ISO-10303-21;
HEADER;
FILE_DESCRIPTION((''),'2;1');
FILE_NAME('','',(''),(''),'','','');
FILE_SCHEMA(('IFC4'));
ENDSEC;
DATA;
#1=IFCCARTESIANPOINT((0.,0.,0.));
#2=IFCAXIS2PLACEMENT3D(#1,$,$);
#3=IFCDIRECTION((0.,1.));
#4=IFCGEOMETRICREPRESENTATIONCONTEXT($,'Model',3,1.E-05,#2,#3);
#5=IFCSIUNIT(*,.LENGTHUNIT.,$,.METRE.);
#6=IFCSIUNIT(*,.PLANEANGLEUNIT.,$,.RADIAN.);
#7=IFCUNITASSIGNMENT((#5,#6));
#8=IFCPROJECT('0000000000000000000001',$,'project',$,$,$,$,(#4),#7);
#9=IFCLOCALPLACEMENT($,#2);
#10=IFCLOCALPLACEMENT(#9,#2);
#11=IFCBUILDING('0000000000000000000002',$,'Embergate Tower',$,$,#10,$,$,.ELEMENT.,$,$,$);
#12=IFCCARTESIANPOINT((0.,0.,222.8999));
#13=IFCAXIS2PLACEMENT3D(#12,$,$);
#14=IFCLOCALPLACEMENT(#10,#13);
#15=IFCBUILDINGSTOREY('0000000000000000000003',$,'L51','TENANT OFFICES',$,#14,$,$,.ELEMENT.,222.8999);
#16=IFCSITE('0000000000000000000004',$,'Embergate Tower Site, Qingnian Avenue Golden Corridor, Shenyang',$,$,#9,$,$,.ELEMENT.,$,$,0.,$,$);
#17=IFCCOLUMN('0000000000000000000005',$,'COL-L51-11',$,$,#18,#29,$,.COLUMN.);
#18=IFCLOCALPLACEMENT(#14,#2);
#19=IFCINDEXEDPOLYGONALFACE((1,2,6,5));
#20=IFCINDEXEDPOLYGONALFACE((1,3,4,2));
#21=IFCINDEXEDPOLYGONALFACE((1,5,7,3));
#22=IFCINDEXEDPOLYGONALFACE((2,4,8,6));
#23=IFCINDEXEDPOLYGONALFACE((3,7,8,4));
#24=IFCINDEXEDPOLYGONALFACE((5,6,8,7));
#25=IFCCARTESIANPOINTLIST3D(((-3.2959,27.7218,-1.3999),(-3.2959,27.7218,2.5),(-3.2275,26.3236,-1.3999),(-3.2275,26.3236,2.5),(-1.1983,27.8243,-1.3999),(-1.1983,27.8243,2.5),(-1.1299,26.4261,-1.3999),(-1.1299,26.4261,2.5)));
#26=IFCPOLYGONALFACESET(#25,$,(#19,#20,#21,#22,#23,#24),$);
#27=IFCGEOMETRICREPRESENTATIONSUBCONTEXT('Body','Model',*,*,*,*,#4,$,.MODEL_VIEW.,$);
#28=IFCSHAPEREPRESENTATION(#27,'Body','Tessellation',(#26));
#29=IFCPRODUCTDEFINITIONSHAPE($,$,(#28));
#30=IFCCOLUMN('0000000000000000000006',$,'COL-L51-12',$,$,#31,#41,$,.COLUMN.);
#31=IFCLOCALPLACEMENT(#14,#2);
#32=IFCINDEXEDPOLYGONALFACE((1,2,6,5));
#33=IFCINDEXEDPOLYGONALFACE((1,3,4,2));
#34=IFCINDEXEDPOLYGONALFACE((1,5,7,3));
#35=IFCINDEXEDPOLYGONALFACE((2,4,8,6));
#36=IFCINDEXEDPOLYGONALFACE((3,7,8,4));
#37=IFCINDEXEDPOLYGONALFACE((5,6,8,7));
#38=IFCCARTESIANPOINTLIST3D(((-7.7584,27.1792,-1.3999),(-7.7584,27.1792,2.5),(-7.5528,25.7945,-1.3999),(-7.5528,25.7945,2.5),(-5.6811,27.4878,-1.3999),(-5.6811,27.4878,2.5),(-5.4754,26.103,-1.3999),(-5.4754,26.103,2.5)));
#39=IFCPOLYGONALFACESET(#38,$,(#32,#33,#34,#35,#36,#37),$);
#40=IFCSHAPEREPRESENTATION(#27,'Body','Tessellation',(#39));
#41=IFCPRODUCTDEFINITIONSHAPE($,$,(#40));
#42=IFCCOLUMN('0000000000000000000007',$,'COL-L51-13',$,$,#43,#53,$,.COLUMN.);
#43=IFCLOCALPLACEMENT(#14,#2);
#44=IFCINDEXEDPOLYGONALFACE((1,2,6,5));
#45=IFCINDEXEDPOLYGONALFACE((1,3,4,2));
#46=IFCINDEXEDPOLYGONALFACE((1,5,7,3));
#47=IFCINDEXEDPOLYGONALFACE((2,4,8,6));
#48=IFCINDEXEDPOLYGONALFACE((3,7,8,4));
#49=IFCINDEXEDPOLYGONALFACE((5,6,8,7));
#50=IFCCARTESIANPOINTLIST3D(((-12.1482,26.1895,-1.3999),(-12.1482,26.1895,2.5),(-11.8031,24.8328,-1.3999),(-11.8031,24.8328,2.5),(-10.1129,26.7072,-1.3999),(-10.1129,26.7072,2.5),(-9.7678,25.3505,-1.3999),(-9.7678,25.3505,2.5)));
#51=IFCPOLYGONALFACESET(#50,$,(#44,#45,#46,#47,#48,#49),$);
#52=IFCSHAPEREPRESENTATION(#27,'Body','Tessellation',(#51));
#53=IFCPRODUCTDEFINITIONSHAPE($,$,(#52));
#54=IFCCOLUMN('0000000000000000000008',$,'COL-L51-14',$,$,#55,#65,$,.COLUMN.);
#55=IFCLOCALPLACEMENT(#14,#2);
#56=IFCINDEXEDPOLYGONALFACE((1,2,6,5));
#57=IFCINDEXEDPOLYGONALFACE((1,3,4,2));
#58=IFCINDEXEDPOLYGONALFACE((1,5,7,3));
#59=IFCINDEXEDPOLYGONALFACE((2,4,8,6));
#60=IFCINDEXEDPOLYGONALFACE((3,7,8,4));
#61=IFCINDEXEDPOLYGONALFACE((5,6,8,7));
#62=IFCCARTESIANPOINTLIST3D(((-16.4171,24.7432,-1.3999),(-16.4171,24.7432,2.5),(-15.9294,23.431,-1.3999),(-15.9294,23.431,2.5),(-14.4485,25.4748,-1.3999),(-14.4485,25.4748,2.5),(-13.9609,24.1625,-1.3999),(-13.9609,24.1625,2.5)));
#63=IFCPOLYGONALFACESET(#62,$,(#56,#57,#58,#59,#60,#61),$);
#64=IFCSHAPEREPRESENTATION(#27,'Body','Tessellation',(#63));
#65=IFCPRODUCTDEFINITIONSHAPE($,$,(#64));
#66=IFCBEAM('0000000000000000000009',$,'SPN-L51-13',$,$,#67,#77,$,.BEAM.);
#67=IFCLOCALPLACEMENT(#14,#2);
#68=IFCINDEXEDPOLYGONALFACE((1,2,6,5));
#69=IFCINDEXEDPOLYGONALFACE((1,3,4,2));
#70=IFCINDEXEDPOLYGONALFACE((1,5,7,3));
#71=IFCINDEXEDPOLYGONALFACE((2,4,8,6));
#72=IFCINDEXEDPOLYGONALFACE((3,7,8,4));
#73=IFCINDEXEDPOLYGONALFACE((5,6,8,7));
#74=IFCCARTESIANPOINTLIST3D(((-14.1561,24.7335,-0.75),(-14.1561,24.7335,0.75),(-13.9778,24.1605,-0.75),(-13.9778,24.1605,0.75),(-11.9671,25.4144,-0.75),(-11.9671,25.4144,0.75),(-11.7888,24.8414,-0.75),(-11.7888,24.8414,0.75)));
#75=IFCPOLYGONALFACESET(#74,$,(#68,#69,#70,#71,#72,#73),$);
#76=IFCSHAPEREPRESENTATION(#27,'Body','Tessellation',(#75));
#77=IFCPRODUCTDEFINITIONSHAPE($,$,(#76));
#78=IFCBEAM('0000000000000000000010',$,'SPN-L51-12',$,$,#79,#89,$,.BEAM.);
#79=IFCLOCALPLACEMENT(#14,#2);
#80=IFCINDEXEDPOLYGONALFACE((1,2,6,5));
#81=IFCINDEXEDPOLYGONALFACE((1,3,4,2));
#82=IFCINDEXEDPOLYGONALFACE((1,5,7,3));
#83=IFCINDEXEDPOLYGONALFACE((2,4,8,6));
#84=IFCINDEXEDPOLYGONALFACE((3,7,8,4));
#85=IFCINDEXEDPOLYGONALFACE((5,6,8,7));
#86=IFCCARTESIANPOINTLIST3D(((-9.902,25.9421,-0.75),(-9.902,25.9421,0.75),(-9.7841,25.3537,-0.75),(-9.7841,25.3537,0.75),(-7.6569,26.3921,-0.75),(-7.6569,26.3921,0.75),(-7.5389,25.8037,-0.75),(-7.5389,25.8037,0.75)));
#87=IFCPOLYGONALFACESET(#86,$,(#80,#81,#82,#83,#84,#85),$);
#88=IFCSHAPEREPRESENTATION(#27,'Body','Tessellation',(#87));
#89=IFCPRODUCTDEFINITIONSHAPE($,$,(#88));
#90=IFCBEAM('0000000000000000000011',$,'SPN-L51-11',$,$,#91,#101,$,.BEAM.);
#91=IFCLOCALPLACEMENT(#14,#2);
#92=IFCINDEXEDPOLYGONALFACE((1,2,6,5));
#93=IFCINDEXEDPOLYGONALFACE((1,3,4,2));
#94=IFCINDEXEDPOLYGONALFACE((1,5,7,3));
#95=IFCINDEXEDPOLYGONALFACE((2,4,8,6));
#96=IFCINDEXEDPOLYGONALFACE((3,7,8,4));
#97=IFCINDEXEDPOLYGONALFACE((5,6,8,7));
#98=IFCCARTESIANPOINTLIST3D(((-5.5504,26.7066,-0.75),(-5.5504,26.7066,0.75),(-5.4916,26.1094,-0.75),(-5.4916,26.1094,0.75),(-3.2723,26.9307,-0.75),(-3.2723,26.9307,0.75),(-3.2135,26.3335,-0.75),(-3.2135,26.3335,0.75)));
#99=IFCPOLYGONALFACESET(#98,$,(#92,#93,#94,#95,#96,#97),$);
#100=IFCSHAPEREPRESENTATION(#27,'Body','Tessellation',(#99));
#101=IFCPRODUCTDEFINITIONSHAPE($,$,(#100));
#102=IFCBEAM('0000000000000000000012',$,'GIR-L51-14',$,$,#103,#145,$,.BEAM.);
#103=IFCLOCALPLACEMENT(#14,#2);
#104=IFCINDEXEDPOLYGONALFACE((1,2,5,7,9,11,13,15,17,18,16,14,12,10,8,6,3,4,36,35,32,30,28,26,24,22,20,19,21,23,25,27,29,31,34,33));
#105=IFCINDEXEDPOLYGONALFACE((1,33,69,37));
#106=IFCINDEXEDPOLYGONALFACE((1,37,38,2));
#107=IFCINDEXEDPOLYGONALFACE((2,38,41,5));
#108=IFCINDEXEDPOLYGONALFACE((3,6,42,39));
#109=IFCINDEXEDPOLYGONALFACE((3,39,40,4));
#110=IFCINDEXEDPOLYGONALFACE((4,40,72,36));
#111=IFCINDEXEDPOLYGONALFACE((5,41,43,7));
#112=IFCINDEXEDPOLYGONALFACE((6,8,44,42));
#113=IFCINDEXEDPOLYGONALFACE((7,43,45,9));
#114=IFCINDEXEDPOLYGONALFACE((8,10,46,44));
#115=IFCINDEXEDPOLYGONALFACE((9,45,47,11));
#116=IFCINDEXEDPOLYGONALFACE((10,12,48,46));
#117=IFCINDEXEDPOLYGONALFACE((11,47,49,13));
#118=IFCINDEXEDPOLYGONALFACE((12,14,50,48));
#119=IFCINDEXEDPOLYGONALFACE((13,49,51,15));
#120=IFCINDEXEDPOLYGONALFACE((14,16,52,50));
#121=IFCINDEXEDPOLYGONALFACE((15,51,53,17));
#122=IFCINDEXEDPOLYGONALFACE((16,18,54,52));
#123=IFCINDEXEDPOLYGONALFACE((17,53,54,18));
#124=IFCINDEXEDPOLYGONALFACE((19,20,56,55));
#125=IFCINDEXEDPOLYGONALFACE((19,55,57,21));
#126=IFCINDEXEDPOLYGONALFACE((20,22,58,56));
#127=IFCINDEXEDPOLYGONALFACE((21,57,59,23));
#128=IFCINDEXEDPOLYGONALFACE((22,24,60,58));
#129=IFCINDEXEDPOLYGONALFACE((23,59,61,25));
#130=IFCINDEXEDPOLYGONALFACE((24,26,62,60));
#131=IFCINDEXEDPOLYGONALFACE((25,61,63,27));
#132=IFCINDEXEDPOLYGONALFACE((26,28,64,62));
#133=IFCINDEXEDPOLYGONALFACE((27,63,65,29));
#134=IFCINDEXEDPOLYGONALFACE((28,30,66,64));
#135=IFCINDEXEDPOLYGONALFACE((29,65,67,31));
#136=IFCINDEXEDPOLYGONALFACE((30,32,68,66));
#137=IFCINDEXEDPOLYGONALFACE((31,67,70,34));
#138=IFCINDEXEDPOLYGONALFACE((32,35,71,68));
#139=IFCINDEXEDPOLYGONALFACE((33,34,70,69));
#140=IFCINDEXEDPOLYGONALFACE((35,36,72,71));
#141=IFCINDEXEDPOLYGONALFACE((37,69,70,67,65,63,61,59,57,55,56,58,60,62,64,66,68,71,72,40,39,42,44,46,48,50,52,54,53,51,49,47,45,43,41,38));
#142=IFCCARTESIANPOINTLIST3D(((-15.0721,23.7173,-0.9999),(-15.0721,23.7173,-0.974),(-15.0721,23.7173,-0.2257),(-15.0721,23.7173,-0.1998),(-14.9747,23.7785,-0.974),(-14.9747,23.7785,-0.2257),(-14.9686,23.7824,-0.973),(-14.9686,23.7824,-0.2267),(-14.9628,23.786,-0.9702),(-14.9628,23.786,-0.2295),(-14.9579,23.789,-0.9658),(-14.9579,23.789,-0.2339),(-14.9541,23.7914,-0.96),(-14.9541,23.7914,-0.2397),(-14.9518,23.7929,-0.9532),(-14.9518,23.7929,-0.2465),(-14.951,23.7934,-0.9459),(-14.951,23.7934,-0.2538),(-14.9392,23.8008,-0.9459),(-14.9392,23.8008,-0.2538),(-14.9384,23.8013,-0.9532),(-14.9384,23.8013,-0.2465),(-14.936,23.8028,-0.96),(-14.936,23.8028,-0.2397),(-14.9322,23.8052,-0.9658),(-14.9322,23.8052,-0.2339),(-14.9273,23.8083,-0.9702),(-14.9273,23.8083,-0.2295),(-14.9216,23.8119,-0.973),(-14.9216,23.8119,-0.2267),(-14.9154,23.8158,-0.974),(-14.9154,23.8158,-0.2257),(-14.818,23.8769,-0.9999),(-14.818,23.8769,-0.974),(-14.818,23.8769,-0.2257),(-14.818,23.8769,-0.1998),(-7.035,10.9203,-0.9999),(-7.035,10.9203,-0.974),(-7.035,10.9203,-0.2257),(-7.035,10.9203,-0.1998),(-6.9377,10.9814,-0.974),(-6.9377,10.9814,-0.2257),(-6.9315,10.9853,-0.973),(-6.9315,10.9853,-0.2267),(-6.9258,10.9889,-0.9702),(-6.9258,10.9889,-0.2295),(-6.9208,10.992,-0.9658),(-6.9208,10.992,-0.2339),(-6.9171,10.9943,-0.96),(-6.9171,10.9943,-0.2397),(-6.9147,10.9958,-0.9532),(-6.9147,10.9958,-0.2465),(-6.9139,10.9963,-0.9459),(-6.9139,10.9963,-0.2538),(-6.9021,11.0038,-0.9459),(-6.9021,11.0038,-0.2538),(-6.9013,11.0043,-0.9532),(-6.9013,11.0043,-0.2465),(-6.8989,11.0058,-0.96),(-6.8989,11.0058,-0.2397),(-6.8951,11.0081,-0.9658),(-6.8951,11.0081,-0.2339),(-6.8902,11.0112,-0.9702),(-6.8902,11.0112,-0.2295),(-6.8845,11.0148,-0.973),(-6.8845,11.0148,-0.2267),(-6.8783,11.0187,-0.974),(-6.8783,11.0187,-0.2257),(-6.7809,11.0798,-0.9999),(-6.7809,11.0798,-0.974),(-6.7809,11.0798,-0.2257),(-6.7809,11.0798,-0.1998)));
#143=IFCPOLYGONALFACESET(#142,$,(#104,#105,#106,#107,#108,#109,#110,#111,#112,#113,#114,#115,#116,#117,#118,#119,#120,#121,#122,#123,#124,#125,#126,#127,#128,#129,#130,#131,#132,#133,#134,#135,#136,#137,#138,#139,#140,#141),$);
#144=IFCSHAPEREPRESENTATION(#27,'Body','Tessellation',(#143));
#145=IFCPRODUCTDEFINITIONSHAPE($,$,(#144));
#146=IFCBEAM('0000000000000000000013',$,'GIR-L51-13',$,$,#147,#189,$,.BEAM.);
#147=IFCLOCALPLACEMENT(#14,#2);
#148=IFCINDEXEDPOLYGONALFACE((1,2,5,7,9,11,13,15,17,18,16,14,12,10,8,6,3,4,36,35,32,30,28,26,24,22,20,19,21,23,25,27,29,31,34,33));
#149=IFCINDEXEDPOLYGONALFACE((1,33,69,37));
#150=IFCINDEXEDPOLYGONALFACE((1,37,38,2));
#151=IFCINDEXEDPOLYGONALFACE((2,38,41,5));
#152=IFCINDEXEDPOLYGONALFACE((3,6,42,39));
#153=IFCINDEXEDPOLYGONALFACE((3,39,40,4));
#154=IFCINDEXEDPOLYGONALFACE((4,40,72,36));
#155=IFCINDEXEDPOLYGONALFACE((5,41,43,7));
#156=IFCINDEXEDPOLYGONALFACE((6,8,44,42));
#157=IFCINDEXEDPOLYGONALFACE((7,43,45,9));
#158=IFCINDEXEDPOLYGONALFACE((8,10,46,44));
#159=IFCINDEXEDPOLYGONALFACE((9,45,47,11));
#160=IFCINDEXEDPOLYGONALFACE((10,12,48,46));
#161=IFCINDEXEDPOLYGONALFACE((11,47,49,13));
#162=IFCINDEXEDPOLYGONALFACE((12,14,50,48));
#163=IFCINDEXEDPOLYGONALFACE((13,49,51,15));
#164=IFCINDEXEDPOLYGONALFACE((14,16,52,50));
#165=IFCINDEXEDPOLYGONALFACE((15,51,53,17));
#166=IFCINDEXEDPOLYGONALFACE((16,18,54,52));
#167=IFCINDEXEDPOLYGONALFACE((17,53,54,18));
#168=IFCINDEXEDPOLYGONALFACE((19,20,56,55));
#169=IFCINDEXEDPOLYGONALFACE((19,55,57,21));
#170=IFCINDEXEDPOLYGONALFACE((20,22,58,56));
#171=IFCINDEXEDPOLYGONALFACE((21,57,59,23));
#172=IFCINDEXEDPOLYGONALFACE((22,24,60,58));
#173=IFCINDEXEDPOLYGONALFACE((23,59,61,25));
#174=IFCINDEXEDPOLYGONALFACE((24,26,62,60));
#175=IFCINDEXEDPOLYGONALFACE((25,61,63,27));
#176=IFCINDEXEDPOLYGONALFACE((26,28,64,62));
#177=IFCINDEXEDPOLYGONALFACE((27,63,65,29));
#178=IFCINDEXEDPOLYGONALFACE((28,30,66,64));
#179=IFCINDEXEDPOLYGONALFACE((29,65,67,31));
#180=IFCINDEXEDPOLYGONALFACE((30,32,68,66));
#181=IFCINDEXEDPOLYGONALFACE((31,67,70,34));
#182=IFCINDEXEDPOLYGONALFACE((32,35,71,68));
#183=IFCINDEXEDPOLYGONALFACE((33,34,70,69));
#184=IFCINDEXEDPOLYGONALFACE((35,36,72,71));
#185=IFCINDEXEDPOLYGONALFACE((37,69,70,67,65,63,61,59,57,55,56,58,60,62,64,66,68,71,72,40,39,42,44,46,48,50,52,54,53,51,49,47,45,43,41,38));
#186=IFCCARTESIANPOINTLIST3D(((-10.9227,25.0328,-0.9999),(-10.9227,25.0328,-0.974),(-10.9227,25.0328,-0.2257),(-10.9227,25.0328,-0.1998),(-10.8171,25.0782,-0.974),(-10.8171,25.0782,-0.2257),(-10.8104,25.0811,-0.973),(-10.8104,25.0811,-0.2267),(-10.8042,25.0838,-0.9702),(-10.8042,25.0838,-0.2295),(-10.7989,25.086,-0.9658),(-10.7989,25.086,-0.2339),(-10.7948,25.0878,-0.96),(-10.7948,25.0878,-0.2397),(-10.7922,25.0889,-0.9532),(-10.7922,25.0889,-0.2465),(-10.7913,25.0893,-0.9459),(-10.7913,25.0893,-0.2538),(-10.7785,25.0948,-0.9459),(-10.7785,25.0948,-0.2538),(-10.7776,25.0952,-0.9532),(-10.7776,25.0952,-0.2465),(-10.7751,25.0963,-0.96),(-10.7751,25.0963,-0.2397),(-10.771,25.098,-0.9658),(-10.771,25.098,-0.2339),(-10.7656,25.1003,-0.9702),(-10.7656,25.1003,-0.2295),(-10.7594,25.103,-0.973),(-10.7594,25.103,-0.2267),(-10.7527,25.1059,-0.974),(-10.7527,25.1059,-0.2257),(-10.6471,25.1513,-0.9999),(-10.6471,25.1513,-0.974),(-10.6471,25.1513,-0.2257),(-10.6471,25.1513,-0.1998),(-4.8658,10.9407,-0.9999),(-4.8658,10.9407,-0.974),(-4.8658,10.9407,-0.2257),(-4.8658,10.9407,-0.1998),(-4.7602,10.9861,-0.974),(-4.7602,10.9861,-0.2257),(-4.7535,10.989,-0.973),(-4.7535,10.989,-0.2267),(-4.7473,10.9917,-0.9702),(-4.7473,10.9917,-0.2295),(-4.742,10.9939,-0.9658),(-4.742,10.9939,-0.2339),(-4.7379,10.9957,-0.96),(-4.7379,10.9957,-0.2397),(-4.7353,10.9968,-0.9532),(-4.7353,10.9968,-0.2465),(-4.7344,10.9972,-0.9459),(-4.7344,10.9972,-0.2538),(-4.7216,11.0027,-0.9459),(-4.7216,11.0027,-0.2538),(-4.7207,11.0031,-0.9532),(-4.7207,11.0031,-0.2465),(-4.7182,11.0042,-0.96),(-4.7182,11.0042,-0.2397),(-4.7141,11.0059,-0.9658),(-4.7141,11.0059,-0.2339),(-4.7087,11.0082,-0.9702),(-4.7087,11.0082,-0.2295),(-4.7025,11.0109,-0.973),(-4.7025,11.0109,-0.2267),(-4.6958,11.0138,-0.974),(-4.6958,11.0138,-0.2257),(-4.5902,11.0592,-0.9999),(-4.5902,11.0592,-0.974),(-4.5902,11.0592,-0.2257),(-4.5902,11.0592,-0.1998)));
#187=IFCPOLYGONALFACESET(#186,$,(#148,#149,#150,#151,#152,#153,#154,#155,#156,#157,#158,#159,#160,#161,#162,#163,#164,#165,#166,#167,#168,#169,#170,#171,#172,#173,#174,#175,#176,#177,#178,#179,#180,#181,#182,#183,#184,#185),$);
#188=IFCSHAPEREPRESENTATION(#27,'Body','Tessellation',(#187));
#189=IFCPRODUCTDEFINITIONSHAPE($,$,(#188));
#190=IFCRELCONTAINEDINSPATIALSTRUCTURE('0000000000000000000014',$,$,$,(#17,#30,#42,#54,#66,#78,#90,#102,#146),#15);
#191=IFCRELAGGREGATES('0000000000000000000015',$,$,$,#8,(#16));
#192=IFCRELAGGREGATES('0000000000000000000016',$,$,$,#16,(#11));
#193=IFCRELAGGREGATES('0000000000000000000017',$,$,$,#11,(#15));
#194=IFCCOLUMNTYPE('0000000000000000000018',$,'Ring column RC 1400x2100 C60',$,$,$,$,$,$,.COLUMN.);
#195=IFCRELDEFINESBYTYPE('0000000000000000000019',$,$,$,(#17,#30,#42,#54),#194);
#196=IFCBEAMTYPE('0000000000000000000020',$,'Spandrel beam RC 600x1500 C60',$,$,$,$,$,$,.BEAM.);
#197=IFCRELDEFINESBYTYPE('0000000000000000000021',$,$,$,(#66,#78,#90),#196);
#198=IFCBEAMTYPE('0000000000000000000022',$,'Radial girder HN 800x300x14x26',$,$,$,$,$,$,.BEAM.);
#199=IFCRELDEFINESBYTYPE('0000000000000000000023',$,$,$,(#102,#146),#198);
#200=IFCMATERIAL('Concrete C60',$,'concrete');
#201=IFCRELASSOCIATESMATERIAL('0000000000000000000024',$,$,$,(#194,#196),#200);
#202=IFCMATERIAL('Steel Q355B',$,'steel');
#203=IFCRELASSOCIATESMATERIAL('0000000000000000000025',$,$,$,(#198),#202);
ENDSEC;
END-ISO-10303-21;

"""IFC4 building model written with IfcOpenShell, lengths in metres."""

from ifc_helpers import new_model, si_unit, direction, frame, origin, origin_2d, place, context, subcontext, project, spatial, rectangle, i_section, extrude, source, transform, mapped, material, material_profile, profile_set, type_object, element, save


model = new_model("IFC4")

# Units and contexts
model_context = context("Model", 3, precision=1e-05, world=origin(), true_north=direction((0.0, 1.0)))
body_context = subcontext(model_context, "Body", "Model", "MODEL_VIEW")
ifc_project = project(units=[si_unit("LENGTHUNIT", "METRE"), si_unit("PLANEANGLEUNIT", "RADIAN")], contexts=[model_context])

# Site, building, storey
site_placement = place(None, origin())
site = spatial("IfcSite", under=ifc_project, at=site_placement, Name="Embergate Tower Site, Qingnian Avenue Golden Corridor, Shenyang", CompositionType="ELEMENT", RefElevation=0.0)
building_placement = place(site_placement, origin())
building = spatial("IfcBuilding", under=site, at=building_placement, Name="Embergate Tower", CompositionType="ELEMENT")
storey_placement = place(building_placement, frame((0.0, 0.0, 222.8999)))
storey = spatial("IfcBuildingStorey", under=building, at=storey_placement, Name="L51", Description="TENANT OFFICES", CompositionType="ELEMENT", Elevation=222.8999)

# Columns
ifc_material_1 = material(Name="Concrete C60", Category="concrete")
ifc_material_profile_1 = material_profile(ifc_material_1, rectangle(XDim=1.3999, YDim=2.1001, at=origin_2d()), Name="RC 1400x2100")
ifc_profile_set_1 = profile_set([ifc_material_profile_1], Name="Concrete C60")
column_type = type_object("IfcColumnType", Name="Ring column RC 1400x2100 C60", PredefinedType="COLUMN", material=ifc_profile_set_1)
shared_shape_1 = source(origin(), body_context, "Body", "SweptSolid", [
    extrude(rectangle(XDim=1.3999, YDim=2.1001, at=origin_2d()), origin(), (0.0, 0.0, 1.0), 3.8999),
])
for number, where, z_axis, x_axis, name in (
    (1, (-2.2129, 27.074, -1.3999), (0.0, 0.0, 1.0), (-0.048815, 0.998808, 0.0), "COL-L51-11"),
    (2, (-6.6169, 26.6411, -1.3999), (0.0, 0.0, 1.0), (-0.146929, 0.989147, 0.0), "COL-L51-12"),
    (3, (-10.958, 25.77, -1.3999), (0.0, 0.0, 1.0), (-0.246509, 0.969141, 0.0), "COL-L51-13"),
    (4, (-15.189, 24.4529, -1.3999), (0.0, 0.0, 1.0), (-0.348343, 0.937367, 0.0), "COL-L51-14"),
):
    element("IfcColumn", number, at=place(storey_placement, frame(where, z_axis=z_axis, x_axis=x_axis)), inside=storey, type_object=column_type, Name=name, PredefinedType="COLUMN", context=body_context, shape_type="MappedRepresentation", body=[
        mapped(shared_shape_1, transform((0.0, 0.0, 0.0))),
    ])

# Beams
ifc_material_profile_2 = material_profile(ifc_material_1, rectangle(XDim=0.6001, YDim=1.5, at=origin_2d()), Name="RC 600x1500")
ifc_profile_set_2 = profile_set([ifc_material_profile_2], Name="Concrete C60")
beam_type_1 = type_object("IfcBeamType", Name="Spandrel beam RC 600x1500 C60", PredefinedType="BEAM", material=ifc_profile_set_2)
shared_shape_2 = source(origin(), body_context, "Body", "SweptSolid", [
    extrude(rectangle(XDim=0.6001, YDim=1.5, at=origin_2d()), origin(), (0.0, 0.0, 1.0), 2.2925),
])
beam_1_placement = place(storey_placement, frame((-11.8779, 25.1279, 0.0), z_axis=(-0.95487, -0.297026, 0.0), x_axis=(0.297026, -0.95487, 0.0)))
element("IfcBeam", 5, at=beam_1_placement, inside=storey, type_object=beam_type_1, Name="SPN-L51-13", PredefinedType="BEAM", context=body_context, shape_type="MappedRepresentation", body=[
    mapped(shared_shape_2, transform((0.0, 0.0, 0.0))),
])
shared_shape_3 = source(origin(), body_context, "Body", "SweptSolid", [
    extrude(rectangle(XDim=0.6001, YDim=1.5, at=origin_2d()), origin(), (0.0, 0.0, 1.0), 2.2898),
])
beam_2_placement = place(storey_placement, frame((-7.5979, 26.0979, 0.0), z_axis=(-0.980503, -0.196506, 0.0), x_axis=(0.196506, -0.980503, 0.0)))
element("IfcBeam", 6, at=beam_2_placement, inside=storey, type_object=beam_type_1, Name="SPN-L51-12", PredefinedType="BEAM", context=body_context, shape_type="MappedRepresentation", body=[
    mapped(shared_shape_3, transform((0.0, 0.0, 0.0))),
])
shared_shape_4 = source(origin(), body_context, "Body", "SweptSolid", [
    extrude(rectangle(XDim=0.6001, YDim=1.5, at=origin_2d()), origin(), (0.0, 0.0, 1.0), 2.2891),
])
beam_3_placement = place(storey_placement, frame((-3.2429, 26.6321, 0.0), z_axis=(-0.995195, -0.097909, 0.0), x_axis=(0.097909, -0.995195, 0.0)))
element("IfcBeam", 7, at=beam_3_placement, inside=storey, type_object=beam_type_1, Name="SPN-L51-11", PredefinedType="BEAM", context=body_context, shape_type="MappedRepresentation", body=[
    mapped(shared_shape_4, transform((0.0, 0.0, 0.0))),
])
ifc_material_2 = material(Name="Steel Q355B", Category="steel")
ifc_material_profile_3 = material_profile(ifc_material_2, i_section(OverallWidth=0.3, OverallDepth=0.8, WebThickness=0.0139, FlangeThickness=0.0259, FilletRadius=0.0281, at=origin_2d()), Name="HN 800x300x14x26")
ifc_profile_set_3 = profile_set([ifc_material_profile_3], Name="Steel Q355 grade B")
beam_type_2 = type_object("IfcBeamType", Name="Radial girder HN 800x300x14x26", PredefinedType="BEAM", material=ifc_profile_set_3)
shared_shape_5 = source(origin(), body_context, "Body", "SweptSolid", [
    extrude(i_section(OverallWidth=0.3, OverallDepth=0.8, WebThickness=0.0139, FlangeThickness=0.0259, FilletRadius=0.0281, at=origin_2d()), origin(), (0.0, 0.0, 1.0), 15.1116),
])
beam_4_placement = place(storey_placement, frame((-14.9451, 23.7971, -0.5999), z_axis=(0.531849, -0.846839, 0.0), x_axis=(0.846839, 0.531849, 0.0)))
element("IfcBeam", 8, at=beam_4_placement, inside=storey, type_object=beam_type_2, Name="GIR-L51-14", PredefinedType="BEAM", context=body_context, shape_type="MappedRepresentation", body=[
    mapped(shared_shape_5, transform((0.0, 0.0, 0.0))),
])
shared_shape_6 = source(origin(), body_context, "Body", "SweptSolid", [
    extrude(i_section(OverallWidth=0.3, OverallDepth=0.8, WebThickness=0.0139, FlangeThickness=0.0259, FilletRadius=0.0281, at=origin_2d()), origin(), (0.0, 0.0, 1.0), 15.3386),
])
beam_5_placement = place(storey_placement, frame((-10.7849, 25.092, -0.5999), z_axis=(0.39488, -0.918733, 0.0), x_axis=(0.918733, 0.39488, 0.0)))
element("IfcBeam", 9, at=beam_5_placement, inside=storey, type_object=beam_type_2, Name="GIR-L51-13", PredefinedType="BEAM", context=body_context, shape_type="MappedRepresentation", body=[
    mapped(shared_shape_6, transform((0.0, 0.0, 0.0))),
])

save(model, "model.ifc")
